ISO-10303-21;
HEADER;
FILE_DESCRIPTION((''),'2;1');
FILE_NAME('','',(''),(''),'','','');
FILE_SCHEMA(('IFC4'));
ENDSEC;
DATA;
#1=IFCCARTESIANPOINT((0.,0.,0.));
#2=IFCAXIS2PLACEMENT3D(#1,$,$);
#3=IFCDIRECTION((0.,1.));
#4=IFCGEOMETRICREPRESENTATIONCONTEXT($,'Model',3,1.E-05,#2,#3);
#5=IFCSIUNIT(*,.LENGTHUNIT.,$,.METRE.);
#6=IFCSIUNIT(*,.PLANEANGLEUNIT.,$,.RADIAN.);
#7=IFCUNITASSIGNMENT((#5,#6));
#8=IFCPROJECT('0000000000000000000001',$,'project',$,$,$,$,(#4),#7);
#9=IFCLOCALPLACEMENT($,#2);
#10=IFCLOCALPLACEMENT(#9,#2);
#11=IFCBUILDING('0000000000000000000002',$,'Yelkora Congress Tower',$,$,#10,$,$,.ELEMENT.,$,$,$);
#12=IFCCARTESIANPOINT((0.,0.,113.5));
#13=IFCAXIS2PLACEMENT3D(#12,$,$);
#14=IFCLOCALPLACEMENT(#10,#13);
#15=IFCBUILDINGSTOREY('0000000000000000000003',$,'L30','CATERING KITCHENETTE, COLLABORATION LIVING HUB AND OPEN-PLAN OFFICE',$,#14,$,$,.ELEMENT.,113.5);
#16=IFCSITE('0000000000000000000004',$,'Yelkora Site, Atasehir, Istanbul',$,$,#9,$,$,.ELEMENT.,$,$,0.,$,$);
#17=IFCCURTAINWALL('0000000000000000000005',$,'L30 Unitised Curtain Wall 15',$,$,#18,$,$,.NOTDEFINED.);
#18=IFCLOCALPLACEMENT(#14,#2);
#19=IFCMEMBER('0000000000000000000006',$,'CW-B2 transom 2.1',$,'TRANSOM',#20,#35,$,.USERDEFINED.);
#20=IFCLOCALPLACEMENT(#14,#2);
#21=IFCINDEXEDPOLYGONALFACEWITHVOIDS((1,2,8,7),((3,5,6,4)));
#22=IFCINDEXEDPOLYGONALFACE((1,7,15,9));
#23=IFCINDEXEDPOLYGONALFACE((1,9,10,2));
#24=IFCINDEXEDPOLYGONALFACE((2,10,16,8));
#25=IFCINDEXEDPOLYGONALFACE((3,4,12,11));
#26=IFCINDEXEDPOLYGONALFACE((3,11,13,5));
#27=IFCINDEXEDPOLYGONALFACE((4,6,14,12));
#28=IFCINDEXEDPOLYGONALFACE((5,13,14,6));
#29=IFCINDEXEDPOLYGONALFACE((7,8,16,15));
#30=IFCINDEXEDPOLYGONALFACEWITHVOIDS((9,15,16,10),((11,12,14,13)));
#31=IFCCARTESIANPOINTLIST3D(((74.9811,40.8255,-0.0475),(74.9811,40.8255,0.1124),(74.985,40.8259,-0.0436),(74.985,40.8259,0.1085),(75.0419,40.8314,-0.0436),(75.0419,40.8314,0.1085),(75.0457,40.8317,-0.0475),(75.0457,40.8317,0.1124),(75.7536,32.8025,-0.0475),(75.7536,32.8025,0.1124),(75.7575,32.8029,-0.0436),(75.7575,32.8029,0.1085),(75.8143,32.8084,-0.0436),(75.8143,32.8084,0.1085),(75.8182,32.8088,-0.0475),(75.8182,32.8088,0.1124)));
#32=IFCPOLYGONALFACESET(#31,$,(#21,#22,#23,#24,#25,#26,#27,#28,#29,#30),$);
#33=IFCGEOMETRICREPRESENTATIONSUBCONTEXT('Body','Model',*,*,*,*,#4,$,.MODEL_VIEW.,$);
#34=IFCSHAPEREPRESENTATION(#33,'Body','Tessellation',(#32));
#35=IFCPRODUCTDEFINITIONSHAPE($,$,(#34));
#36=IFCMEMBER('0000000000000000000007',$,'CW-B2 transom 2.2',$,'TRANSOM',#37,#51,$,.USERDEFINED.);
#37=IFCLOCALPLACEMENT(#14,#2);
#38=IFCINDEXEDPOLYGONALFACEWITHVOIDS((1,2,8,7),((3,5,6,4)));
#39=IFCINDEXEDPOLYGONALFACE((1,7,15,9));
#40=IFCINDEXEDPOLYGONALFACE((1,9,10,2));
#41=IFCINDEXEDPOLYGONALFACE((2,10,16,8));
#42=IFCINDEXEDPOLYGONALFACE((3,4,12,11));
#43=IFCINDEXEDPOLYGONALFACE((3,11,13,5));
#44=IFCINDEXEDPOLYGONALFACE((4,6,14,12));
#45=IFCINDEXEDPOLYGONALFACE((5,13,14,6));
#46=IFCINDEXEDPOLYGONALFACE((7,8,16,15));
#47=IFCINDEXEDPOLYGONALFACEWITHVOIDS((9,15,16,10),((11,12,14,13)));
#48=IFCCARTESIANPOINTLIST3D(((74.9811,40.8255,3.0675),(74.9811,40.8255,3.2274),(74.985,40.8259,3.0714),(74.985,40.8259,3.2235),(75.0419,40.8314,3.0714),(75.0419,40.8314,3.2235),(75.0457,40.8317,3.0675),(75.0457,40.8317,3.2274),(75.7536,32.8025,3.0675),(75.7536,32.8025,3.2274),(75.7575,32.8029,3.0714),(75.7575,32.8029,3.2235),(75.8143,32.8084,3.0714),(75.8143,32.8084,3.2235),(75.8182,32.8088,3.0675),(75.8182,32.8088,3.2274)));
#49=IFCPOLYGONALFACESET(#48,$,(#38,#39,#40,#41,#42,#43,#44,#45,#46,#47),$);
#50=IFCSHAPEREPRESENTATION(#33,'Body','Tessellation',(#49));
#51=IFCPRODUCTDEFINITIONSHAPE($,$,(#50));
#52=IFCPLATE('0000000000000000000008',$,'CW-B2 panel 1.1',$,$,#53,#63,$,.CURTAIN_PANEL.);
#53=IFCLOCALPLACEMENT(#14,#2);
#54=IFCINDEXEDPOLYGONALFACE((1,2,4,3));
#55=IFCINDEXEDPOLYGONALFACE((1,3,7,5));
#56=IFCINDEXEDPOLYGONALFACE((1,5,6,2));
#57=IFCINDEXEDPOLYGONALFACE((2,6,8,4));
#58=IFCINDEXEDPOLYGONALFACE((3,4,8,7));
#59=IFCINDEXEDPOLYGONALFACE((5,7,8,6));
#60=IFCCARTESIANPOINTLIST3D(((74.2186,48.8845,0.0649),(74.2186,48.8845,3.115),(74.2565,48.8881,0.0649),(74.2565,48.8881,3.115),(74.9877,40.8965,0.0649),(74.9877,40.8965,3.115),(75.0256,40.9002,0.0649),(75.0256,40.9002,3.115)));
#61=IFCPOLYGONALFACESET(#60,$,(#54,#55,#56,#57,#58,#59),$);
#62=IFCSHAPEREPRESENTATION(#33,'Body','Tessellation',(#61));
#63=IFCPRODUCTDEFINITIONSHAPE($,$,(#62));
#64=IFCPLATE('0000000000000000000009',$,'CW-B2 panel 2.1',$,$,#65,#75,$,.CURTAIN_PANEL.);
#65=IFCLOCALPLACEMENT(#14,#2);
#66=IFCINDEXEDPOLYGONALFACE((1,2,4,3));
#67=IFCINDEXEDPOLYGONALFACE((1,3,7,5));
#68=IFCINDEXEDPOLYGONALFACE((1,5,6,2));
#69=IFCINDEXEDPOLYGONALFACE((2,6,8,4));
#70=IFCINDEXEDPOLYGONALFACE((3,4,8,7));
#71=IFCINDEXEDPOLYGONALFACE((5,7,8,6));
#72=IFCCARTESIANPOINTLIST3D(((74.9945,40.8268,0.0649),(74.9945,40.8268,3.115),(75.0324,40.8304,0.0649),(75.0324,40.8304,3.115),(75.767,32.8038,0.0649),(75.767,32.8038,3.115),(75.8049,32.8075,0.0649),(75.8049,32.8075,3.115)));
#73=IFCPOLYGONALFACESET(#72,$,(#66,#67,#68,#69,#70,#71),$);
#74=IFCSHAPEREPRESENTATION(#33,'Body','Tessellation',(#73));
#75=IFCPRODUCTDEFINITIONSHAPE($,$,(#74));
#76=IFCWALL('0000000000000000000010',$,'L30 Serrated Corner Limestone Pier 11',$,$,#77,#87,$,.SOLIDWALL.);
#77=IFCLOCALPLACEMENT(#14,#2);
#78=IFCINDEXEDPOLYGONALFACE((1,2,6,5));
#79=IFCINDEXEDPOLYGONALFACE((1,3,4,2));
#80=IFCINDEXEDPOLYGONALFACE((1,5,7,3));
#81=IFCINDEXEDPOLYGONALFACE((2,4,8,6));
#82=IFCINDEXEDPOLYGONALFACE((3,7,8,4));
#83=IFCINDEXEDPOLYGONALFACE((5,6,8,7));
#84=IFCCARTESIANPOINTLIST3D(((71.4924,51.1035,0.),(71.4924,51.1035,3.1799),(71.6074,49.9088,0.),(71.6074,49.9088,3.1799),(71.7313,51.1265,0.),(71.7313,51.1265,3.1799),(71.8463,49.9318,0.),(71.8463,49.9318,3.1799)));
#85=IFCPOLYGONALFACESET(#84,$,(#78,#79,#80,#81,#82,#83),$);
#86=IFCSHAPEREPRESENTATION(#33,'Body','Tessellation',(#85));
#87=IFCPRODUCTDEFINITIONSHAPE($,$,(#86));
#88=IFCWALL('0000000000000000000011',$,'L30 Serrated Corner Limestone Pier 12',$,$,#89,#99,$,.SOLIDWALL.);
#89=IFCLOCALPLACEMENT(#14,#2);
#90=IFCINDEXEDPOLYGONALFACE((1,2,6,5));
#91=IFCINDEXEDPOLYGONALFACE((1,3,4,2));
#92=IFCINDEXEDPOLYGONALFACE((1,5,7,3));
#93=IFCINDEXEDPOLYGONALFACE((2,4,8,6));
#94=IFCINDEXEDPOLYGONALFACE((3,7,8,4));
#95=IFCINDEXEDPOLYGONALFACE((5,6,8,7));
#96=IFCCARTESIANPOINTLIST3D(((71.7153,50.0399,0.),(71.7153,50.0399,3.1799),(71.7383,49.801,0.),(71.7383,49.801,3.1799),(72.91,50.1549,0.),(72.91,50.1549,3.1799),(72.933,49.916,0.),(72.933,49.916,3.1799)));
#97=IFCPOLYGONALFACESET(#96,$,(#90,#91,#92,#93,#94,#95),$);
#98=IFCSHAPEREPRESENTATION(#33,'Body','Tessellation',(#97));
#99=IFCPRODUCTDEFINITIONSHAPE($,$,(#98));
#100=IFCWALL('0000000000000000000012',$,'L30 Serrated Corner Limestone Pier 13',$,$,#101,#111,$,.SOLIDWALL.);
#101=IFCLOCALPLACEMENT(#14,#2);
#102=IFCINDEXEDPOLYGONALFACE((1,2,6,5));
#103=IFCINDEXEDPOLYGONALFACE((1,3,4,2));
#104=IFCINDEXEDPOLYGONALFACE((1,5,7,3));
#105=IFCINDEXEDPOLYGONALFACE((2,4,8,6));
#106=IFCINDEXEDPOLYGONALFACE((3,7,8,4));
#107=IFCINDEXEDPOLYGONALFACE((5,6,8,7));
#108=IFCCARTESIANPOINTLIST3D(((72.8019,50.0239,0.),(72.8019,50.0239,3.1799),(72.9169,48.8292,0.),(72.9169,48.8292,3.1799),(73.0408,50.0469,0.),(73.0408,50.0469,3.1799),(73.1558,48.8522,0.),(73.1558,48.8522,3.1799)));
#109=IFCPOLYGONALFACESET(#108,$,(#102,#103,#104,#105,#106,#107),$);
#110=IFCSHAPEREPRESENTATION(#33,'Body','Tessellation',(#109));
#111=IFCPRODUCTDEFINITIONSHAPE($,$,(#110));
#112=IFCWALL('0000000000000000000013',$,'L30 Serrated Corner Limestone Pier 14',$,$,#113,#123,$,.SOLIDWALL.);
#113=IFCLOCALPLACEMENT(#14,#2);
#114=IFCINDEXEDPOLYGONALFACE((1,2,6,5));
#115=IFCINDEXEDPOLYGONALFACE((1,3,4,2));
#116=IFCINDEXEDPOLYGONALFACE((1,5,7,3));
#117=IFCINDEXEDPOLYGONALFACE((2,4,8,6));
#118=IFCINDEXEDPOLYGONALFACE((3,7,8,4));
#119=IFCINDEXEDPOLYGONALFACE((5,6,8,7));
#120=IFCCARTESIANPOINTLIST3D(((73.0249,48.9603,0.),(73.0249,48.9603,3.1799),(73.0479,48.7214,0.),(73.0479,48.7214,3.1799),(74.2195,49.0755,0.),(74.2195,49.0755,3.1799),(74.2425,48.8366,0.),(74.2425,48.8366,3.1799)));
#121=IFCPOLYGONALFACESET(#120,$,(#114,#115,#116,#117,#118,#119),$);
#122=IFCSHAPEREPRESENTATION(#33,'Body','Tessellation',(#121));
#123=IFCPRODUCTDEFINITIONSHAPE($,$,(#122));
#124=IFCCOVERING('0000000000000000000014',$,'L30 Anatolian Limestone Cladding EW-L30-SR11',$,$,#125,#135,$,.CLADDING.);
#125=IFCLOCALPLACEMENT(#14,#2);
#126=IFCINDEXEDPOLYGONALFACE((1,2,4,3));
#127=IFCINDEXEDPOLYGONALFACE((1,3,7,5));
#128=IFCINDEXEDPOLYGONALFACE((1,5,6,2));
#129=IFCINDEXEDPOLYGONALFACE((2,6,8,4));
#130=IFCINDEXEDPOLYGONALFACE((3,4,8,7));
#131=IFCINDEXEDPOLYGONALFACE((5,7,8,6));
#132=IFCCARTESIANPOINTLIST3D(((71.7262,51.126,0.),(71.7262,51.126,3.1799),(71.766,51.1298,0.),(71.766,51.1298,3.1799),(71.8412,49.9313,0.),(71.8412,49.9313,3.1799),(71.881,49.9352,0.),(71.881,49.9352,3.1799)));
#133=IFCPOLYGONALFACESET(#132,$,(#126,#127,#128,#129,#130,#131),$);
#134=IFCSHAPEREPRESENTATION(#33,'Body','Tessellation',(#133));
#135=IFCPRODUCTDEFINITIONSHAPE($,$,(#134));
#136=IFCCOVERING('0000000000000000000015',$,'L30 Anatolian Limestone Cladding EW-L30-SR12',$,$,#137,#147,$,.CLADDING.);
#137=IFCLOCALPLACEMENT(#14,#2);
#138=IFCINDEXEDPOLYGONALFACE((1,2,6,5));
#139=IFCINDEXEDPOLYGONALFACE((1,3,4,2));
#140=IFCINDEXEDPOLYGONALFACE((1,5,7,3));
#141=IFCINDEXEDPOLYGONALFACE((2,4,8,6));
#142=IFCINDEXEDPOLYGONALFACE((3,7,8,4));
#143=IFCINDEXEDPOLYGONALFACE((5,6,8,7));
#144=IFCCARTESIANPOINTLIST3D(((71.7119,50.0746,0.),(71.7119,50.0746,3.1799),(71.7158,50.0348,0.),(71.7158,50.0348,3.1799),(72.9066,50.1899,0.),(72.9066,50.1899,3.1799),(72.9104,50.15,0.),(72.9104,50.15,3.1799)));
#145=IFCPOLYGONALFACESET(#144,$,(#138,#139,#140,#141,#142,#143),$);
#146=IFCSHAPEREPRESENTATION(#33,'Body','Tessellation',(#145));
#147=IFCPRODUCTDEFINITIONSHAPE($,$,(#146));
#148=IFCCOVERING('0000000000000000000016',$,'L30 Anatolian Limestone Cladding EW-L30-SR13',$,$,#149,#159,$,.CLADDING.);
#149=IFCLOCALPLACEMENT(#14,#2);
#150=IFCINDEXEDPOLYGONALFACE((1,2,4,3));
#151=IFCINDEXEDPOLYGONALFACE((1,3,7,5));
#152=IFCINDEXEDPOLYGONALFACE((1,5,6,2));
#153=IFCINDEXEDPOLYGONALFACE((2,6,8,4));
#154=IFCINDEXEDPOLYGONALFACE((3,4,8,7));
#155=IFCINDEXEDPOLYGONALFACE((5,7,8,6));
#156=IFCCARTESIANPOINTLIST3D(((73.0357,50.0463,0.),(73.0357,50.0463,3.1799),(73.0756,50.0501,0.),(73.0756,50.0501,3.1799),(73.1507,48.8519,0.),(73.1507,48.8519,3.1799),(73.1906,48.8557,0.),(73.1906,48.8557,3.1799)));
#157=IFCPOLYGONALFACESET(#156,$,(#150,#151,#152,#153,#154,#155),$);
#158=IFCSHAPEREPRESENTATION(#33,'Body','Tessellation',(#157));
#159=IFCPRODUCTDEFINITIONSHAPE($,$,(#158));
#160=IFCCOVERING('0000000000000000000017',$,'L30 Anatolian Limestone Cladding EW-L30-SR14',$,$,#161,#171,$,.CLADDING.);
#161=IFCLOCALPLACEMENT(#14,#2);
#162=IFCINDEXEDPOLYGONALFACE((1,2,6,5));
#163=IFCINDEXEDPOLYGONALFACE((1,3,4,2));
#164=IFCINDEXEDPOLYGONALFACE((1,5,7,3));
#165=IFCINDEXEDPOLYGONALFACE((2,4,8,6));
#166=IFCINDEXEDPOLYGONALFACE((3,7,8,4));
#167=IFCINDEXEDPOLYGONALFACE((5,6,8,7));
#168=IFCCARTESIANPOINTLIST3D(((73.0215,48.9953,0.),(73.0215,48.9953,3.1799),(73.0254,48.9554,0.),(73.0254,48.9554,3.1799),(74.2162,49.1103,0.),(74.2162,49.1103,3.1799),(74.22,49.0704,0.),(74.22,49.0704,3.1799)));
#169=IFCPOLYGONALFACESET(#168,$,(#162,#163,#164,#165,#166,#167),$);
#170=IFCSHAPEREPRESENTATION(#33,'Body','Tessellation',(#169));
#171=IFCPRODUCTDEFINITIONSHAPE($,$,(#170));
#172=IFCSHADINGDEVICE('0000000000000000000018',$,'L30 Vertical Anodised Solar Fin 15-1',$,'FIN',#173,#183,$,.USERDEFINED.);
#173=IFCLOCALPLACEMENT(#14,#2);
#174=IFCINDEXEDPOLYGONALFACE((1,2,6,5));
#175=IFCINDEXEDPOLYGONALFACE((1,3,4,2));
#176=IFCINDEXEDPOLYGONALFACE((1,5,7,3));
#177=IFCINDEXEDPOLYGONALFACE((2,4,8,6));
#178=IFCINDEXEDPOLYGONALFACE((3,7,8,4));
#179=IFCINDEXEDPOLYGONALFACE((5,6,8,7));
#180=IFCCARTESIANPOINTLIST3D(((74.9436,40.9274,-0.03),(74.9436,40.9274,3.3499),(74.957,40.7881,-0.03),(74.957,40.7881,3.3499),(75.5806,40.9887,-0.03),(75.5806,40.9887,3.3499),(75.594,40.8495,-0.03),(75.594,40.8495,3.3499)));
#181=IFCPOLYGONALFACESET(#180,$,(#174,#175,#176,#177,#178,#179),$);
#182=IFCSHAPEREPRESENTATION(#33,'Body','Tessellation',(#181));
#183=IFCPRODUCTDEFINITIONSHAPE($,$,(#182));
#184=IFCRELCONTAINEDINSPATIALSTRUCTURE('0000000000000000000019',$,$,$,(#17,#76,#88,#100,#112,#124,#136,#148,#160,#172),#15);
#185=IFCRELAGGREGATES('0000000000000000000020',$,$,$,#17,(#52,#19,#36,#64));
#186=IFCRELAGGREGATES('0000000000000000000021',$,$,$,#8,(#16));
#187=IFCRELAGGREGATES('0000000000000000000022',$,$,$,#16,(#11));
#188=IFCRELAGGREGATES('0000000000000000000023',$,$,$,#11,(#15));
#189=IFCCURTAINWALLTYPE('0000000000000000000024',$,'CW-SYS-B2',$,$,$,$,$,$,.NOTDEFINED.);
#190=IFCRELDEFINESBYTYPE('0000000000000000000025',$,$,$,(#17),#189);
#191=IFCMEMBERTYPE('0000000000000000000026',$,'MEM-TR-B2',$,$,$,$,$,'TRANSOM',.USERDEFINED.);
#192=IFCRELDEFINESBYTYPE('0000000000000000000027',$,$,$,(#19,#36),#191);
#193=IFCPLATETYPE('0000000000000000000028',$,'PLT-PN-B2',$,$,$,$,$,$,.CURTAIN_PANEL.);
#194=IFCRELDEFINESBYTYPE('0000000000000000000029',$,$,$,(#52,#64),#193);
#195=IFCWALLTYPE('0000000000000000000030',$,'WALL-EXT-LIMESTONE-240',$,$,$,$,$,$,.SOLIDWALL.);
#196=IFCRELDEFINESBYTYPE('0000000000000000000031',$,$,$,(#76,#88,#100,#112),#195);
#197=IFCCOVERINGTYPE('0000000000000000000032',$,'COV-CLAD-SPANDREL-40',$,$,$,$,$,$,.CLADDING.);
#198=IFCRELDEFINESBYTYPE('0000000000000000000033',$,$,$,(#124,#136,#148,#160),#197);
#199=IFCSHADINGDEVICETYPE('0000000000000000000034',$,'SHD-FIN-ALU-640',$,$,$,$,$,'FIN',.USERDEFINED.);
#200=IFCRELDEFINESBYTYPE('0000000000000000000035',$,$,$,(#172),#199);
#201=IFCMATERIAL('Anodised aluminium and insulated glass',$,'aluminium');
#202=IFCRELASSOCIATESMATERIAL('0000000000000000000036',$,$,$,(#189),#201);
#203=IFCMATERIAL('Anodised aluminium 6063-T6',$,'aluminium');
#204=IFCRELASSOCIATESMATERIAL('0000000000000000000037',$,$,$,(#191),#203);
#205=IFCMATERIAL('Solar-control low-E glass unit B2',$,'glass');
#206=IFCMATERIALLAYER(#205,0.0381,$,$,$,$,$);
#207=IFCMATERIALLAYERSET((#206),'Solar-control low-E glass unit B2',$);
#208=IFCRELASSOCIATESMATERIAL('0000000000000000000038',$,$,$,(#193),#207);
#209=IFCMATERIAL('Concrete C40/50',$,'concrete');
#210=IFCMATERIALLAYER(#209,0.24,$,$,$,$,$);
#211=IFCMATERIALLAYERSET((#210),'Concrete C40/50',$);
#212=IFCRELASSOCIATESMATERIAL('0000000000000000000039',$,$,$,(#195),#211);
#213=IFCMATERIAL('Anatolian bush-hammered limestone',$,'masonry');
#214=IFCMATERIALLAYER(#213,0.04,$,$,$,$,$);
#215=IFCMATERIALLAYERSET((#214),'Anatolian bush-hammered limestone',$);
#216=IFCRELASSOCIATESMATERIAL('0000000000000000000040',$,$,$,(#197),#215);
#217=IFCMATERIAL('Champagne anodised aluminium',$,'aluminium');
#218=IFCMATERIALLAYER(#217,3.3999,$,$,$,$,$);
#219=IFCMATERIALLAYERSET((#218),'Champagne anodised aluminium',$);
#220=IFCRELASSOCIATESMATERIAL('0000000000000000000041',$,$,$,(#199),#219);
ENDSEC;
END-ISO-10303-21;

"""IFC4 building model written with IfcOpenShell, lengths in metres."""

from ifc_helpers import new_model, si_unit, direction, frame, frame_2d, origin, origin_2d, place, context, subcontext, project, spatial, rectangle, hollow_rectangle, extrude, material, layer, layer_set, material_profile, profile_set, type_object, element, aggregate, save


model = new_model("IFC4")

# Units and contexts
model_context = context("Model", 3, precision=1e-05, world=origin(), true_north=direction((0.0, 1.0)))
body_context = subcontext(model_context, "Body", "Model", "MODEL_VIEW")
ifc_project = project(units=[si_unit("LENGTHUNIT", "METRE"), si_unit("PLANEANGLEUNIT", "RADIAN")], contexts=[model_context])

# Site, building, storey
site_placement = place(None, origin())
site = spatial("IfcSite", under=ifc_project, at=site_placement, Name="Yelkora Site, Atasehir, Istanbul", CompositionType="ELEMENT", RefElevation=0.0)
building_placement = place(site_placement, origin())
building = spatial("IfcBuilding", under=site, at=building_placement, Name="Yelkora Congress Tower", CompositionType="ELEMENT")
storey_placement = place(building_placement, frame((0.0, 0.0, 113.5)))
storey = spatial("IfcBuildingStorey", under=building, at=storey_placement, Name="L30", Description="CATERING KITCHENETTE, COLLABORATION LIVING HUB AND OPEN-PLAN OFFICE", CompositionType="ELEMENT", Elevation=113.5)

# Shared definitions
ifc_material_1 = material(Name="Anodised aluminium and insulated glass", Category="aluminium")
curtain_wall_type = type_object("IfcCurtainWallType", Name="CW-SYS-B2", PredefinedType="NOTDEFINED", material=ifc_material_1)
ifc_material_2 = material(Name="Anodised aluminium 6063-T6", Category="aluminium")

# Curtain wall, members, plates
curtain_wall_1_placement = place(storey_placement, origin())
curtain_wall_1 = element("IfcCurtainWall", 1, at=curtain_wall_1_placement, inside=storey, type_object=curtain_wall_type, Name="L30 Unitised Curtain Wall 15", PredefinedType="NOTDEFINED")
ifc_material_profile_1 = material_profile(ifc_material_2, hollow_rectangle(XDim=0.0649, YDim=0.1599, WallThickness=0.0039, at=origin_2d()), Name="ALU 65x160x4")
ifc_profile_set_1 = profile_set([ifc_material_profile_1], Name="Anodised aluminium 6063-T6")
member_type_1 = type_object("IfcMemberType", Name="MEM-TR-B2", ElementType="TRANSOM", PredefinedType="USERDEFINED", material=ifc_profile_set_1)
member_1_placement = place(storey_placement, frame((75.0134, 40.8286, 0.0325), z_axis=(0.095838, -0.995397, 0.0), x_axis=(0.995397, 0.095838, 0.0)))
member_1 = element("IfcMember", 2, at=member_1_placement, type_object=member_type_1, Name="CW-B2 transom 2.1", ObjectType="TRANSOM", PredefinedType="USERDEFINED", context=body_context, shape_type="SweptSolid", body=[
    extrude(hollow_rectangle(XDim=0.0649, YDim=0.1599, WallThickness=0.0039, at=origin_2d()), origin(), (0.0, 0.0, 1.0), 8.0601),
])
member_2_placement = place(storey_placement, frame((75.0134, 40.8286, 3.1475), z_axis=(0.095838, -0.995397, 0.0), x_axis=(0.995397, 0.095838, 0.0)))
member_2 = element("IfcMember", 3, at=member_2_placement, type_object=member_type_1, Name="CW-B2 transom 2.2", ObjectType="TRANSOM", PredefinedType="USERDEFINED", context=body_context, shape_type="SweptSolid", body=[
    extrude(hollow_rectangle(XDim=0.0649, YDim=0.1599, WallThickness=0.0039, at=origin_2d()), origin(), (0.0, 0.0, 1.0), 8.0601),
])
ifc_material_3 = material(Name="Solar-control low-E glass unit B2", Category="glass")
ifc_layer_1 = layer(ifc_material_3, 0.0381)
ifc_layer_set_1 = layer_set([ifc_layer_1], Name="Solar-control low-E glass unit B2")
plate_type = type_object("IfcPlateType", Name="PLT-PN-B2", PredefinedType="CURTAIN_PANEL", material=ifc_layer_set_1)
plate_1_placement = place(storey_placement, frame((74.6221, 44.8923, 0.0649), z_axis=(0.0, 0.0, 1.0), x_axis=(0.095843, -0.995397, 0.0)))
plate_1 = element("IfcPlate", 4, at=plate_1_placement, type_object=plate_type, Name="CW-B2 panel 1.1", PredefinedType="CURTAIN_PANEL", context=body_context, shape_type="SweptSolid", body=[
    extrude(rectangle(XDim=8.0249, YDim=0.0381, at=origin_2d()), origin(), (0.0, 0.0, 1.0), 3.05),
])
plate_2_placement = place(storey_placement, frame((75.3997, 36.8171, 0.0649), z_axis=(0.0, 0.0, 1.0), x_axis=(0.095843, -0.995397, 0.0)))
plate_2 = element("IfcPlate", 5, at=plate_2_placement, type_object=plate_type, Name="CW-B2 panel 2.1", PredefinedType="CURTAIN_PANEL", context=body_context, shape_type="SweptSolid", body=[
    extrude(rectangle(XDim=8.0601, YDim=0.0381, at=origin_2d()), origin(), (0.0, 0.0, 1.0), 3.05),
])
aggregate(curtain_wall_1, [plate_1, member_1, member_2, plate_2])

# Walls
ifc_material_4 = material(Name="Concrete C40/50", Category="concrete")
ifc_layer_2 = layer(ifc_material_4, 0.24)
ifc_layer_set_2 = layer_set([ifc_layer_2], Name="Concrete C40/50")
wall_type = type_object("IfcWallType", Name="WALL-EXT-LIMESTONE-240", PredefinedType="SOLIDWALL", material=ifc_layer_set_2)
for number, where, z_axis, x_axis, name in (
    (6, (71.6118, 51.115, 0.0), (0.0, 0.0, 1.0), (0.095817, -0.995399, 0.0), "L30 Serrated Corner Limestone Pier 11"),
    (7, (71.7268, 49.9204, 0.0), (0.0, 0.0, 1.0), (0.995399, 0.095817, 0.0), "L30 Serrated Corner Limestone Pier 12"),
    (8, (72.9214, 50.0354, 0.0), (0.0, 0.0, 1.0), (0.095817, -0.995399, 0.0), "L30 Serrated Corner Limestone Pier 13"),
    (9, (73.0364, 48.8408, 0.0), (0.0, 0.0, 1.0), (0.99538, 0.096019, 0.0), "L30 Serrated Corner Limestone Pier 14"),
):
    element("IfcWall", number, at=place(storey_placement, frame(where, z_axis=z_axis, x_axis=x_axis)), inside=storey, type_object=wall_type, Name=name, PredefinedType="SOLIDWALL", context=body_context, shape_type="SweptSolid", body=[
        extrude(rectangle(XDim=1.2002, YDim=0.24, at=frame_2d((0.6001, 0.0))), origin(), (0.0, 0.0, 1.0), 3.1799),
    ])

# Coverings
ifc_material_5 = material(Name="Anatolian bush-hammered limestone", Category="masonry")
ifc_layer_3 = layer(ifc_material_5, 0.04)
ifc_layer_set_3 = layer_set([ifc_layer_3], Name="Anatolian bush-hammered limestone")
covering_type = type_object("IfcCoveringType", Name="COV-CLAD-SPANDREL-40", PredefinedType="CLADDING", material=ifc_layer_set_3)
for number, where, z_axis, x_axis, name in (
    (10, (71.7461, 51.1279, 0.0), (0.0, 0.0, 1.0), (0.095817, -0.995399, 0.0), "L30 Anatolian Limestone Cladding EW-L30-SR11"),
    (11, (71.7139, 50.0547, 0.0), (0.0, 0.0, 1.0), (0.99538, 0.096019, 0.0), "L30 Anatolian Limestone Cladding EW-L30-SR12"),
):
    element("IfcCovering", number, at=place(storey_placement, frame(where, z_axis=z_axis, x_axis=x_axis)), inside=storey, type_object=covering_type, Name=name, PredefinedType="CLADDING", context=body_context, shape_type="SweptSolid", body=[
        extrude(rectangle(XDim=1.2002, YDim=0.04, at=frame_2d((0.6001, 0.0))), origin(), (0.0, 0.0, 1.0), 3.1799),
    ])
covering_1_placement = place(storey_placement, frame((73.0557, 50.0483, 0.0), z_axis=(0.0, 0.0, 1.0), x_axis=(0.095836, -0.995397, 0.0)))
element("IfcCovering", 12, at=covering_1_placement, inside=storey, type_object=covering_type, Name="L30 Anatolian Limestone Cladding EW-L30-SR13", PredefinedType="CLADDING", context=body_context, shape_type="SweptSolid", body=[
    extrude(rectangle(XDim=1.2, YDim=0.04, at=frame_2d((0.6001, 0.0))), origin(), (0.0, 0.0, 1.0), 3.1799),
])
covering_2_placement = place(storey_placement, frame((73.0234, 48.9753, 0.0), z_axis=(0.0, 0.0, 1.0), x_axis=(0.995399, 0.095817, 0.0)))
element("IfcCovering", 13, at=covering_2_placement, inside=storey, type_object=covering_type, Name="L30 Anatolian Limestone Cladding EW-L30-SR14", PredefinedType="CLADDING", context=body_context, shape_type="SweptSolid", body=[
    extrude(rectangle(XDim=1.2002, YDim=0.04, at=frame_2d((0.6001, 0.0))), origin(), (0.0, 0.0, 1.0), 3.1799),
])

# Shading device
ifc_material_6 = material(Name="Champagne anodised aluminium", Category="aluminium")
ifc_layer_4 = layer(ifc_material_6, 3.3999)
ifc_layer_set_4 = layer_set([ifc_layer_4], Name="Champagne anodised aluminium")
shading_device_type = type_object("IfcShadingDeviceType", Name="SHD-FIN-ALU-640", ElementType="FIN", PredefinedType="USERDEFINED", material=ifc_layer_set_4)
shading_device_placement = place(storey_placement, frame((75.2688, 40.8884, -0.03), z_axis=(0.0, 0.0, 1.0), x_axis=(0.095846, -0.995396, 0.0)))
element("IfcShadingDevice", 14, at=shading_device_placement, inside=storey, type_object=shading_device_type, Name="L30 Vertical Anodised Solar Fin 15-1", ObjectType="FIN", PredefinedType="USERDEFINED", context=body_context, shape_type="SweptSolid", body=[
    extrude(rectangle(XDim=0.1399, YDim=0.6399, at=origin_2d()), origin(), (0.0, 0.0, 1.0), 3.3799),
])

save(model, "model.ifc")
